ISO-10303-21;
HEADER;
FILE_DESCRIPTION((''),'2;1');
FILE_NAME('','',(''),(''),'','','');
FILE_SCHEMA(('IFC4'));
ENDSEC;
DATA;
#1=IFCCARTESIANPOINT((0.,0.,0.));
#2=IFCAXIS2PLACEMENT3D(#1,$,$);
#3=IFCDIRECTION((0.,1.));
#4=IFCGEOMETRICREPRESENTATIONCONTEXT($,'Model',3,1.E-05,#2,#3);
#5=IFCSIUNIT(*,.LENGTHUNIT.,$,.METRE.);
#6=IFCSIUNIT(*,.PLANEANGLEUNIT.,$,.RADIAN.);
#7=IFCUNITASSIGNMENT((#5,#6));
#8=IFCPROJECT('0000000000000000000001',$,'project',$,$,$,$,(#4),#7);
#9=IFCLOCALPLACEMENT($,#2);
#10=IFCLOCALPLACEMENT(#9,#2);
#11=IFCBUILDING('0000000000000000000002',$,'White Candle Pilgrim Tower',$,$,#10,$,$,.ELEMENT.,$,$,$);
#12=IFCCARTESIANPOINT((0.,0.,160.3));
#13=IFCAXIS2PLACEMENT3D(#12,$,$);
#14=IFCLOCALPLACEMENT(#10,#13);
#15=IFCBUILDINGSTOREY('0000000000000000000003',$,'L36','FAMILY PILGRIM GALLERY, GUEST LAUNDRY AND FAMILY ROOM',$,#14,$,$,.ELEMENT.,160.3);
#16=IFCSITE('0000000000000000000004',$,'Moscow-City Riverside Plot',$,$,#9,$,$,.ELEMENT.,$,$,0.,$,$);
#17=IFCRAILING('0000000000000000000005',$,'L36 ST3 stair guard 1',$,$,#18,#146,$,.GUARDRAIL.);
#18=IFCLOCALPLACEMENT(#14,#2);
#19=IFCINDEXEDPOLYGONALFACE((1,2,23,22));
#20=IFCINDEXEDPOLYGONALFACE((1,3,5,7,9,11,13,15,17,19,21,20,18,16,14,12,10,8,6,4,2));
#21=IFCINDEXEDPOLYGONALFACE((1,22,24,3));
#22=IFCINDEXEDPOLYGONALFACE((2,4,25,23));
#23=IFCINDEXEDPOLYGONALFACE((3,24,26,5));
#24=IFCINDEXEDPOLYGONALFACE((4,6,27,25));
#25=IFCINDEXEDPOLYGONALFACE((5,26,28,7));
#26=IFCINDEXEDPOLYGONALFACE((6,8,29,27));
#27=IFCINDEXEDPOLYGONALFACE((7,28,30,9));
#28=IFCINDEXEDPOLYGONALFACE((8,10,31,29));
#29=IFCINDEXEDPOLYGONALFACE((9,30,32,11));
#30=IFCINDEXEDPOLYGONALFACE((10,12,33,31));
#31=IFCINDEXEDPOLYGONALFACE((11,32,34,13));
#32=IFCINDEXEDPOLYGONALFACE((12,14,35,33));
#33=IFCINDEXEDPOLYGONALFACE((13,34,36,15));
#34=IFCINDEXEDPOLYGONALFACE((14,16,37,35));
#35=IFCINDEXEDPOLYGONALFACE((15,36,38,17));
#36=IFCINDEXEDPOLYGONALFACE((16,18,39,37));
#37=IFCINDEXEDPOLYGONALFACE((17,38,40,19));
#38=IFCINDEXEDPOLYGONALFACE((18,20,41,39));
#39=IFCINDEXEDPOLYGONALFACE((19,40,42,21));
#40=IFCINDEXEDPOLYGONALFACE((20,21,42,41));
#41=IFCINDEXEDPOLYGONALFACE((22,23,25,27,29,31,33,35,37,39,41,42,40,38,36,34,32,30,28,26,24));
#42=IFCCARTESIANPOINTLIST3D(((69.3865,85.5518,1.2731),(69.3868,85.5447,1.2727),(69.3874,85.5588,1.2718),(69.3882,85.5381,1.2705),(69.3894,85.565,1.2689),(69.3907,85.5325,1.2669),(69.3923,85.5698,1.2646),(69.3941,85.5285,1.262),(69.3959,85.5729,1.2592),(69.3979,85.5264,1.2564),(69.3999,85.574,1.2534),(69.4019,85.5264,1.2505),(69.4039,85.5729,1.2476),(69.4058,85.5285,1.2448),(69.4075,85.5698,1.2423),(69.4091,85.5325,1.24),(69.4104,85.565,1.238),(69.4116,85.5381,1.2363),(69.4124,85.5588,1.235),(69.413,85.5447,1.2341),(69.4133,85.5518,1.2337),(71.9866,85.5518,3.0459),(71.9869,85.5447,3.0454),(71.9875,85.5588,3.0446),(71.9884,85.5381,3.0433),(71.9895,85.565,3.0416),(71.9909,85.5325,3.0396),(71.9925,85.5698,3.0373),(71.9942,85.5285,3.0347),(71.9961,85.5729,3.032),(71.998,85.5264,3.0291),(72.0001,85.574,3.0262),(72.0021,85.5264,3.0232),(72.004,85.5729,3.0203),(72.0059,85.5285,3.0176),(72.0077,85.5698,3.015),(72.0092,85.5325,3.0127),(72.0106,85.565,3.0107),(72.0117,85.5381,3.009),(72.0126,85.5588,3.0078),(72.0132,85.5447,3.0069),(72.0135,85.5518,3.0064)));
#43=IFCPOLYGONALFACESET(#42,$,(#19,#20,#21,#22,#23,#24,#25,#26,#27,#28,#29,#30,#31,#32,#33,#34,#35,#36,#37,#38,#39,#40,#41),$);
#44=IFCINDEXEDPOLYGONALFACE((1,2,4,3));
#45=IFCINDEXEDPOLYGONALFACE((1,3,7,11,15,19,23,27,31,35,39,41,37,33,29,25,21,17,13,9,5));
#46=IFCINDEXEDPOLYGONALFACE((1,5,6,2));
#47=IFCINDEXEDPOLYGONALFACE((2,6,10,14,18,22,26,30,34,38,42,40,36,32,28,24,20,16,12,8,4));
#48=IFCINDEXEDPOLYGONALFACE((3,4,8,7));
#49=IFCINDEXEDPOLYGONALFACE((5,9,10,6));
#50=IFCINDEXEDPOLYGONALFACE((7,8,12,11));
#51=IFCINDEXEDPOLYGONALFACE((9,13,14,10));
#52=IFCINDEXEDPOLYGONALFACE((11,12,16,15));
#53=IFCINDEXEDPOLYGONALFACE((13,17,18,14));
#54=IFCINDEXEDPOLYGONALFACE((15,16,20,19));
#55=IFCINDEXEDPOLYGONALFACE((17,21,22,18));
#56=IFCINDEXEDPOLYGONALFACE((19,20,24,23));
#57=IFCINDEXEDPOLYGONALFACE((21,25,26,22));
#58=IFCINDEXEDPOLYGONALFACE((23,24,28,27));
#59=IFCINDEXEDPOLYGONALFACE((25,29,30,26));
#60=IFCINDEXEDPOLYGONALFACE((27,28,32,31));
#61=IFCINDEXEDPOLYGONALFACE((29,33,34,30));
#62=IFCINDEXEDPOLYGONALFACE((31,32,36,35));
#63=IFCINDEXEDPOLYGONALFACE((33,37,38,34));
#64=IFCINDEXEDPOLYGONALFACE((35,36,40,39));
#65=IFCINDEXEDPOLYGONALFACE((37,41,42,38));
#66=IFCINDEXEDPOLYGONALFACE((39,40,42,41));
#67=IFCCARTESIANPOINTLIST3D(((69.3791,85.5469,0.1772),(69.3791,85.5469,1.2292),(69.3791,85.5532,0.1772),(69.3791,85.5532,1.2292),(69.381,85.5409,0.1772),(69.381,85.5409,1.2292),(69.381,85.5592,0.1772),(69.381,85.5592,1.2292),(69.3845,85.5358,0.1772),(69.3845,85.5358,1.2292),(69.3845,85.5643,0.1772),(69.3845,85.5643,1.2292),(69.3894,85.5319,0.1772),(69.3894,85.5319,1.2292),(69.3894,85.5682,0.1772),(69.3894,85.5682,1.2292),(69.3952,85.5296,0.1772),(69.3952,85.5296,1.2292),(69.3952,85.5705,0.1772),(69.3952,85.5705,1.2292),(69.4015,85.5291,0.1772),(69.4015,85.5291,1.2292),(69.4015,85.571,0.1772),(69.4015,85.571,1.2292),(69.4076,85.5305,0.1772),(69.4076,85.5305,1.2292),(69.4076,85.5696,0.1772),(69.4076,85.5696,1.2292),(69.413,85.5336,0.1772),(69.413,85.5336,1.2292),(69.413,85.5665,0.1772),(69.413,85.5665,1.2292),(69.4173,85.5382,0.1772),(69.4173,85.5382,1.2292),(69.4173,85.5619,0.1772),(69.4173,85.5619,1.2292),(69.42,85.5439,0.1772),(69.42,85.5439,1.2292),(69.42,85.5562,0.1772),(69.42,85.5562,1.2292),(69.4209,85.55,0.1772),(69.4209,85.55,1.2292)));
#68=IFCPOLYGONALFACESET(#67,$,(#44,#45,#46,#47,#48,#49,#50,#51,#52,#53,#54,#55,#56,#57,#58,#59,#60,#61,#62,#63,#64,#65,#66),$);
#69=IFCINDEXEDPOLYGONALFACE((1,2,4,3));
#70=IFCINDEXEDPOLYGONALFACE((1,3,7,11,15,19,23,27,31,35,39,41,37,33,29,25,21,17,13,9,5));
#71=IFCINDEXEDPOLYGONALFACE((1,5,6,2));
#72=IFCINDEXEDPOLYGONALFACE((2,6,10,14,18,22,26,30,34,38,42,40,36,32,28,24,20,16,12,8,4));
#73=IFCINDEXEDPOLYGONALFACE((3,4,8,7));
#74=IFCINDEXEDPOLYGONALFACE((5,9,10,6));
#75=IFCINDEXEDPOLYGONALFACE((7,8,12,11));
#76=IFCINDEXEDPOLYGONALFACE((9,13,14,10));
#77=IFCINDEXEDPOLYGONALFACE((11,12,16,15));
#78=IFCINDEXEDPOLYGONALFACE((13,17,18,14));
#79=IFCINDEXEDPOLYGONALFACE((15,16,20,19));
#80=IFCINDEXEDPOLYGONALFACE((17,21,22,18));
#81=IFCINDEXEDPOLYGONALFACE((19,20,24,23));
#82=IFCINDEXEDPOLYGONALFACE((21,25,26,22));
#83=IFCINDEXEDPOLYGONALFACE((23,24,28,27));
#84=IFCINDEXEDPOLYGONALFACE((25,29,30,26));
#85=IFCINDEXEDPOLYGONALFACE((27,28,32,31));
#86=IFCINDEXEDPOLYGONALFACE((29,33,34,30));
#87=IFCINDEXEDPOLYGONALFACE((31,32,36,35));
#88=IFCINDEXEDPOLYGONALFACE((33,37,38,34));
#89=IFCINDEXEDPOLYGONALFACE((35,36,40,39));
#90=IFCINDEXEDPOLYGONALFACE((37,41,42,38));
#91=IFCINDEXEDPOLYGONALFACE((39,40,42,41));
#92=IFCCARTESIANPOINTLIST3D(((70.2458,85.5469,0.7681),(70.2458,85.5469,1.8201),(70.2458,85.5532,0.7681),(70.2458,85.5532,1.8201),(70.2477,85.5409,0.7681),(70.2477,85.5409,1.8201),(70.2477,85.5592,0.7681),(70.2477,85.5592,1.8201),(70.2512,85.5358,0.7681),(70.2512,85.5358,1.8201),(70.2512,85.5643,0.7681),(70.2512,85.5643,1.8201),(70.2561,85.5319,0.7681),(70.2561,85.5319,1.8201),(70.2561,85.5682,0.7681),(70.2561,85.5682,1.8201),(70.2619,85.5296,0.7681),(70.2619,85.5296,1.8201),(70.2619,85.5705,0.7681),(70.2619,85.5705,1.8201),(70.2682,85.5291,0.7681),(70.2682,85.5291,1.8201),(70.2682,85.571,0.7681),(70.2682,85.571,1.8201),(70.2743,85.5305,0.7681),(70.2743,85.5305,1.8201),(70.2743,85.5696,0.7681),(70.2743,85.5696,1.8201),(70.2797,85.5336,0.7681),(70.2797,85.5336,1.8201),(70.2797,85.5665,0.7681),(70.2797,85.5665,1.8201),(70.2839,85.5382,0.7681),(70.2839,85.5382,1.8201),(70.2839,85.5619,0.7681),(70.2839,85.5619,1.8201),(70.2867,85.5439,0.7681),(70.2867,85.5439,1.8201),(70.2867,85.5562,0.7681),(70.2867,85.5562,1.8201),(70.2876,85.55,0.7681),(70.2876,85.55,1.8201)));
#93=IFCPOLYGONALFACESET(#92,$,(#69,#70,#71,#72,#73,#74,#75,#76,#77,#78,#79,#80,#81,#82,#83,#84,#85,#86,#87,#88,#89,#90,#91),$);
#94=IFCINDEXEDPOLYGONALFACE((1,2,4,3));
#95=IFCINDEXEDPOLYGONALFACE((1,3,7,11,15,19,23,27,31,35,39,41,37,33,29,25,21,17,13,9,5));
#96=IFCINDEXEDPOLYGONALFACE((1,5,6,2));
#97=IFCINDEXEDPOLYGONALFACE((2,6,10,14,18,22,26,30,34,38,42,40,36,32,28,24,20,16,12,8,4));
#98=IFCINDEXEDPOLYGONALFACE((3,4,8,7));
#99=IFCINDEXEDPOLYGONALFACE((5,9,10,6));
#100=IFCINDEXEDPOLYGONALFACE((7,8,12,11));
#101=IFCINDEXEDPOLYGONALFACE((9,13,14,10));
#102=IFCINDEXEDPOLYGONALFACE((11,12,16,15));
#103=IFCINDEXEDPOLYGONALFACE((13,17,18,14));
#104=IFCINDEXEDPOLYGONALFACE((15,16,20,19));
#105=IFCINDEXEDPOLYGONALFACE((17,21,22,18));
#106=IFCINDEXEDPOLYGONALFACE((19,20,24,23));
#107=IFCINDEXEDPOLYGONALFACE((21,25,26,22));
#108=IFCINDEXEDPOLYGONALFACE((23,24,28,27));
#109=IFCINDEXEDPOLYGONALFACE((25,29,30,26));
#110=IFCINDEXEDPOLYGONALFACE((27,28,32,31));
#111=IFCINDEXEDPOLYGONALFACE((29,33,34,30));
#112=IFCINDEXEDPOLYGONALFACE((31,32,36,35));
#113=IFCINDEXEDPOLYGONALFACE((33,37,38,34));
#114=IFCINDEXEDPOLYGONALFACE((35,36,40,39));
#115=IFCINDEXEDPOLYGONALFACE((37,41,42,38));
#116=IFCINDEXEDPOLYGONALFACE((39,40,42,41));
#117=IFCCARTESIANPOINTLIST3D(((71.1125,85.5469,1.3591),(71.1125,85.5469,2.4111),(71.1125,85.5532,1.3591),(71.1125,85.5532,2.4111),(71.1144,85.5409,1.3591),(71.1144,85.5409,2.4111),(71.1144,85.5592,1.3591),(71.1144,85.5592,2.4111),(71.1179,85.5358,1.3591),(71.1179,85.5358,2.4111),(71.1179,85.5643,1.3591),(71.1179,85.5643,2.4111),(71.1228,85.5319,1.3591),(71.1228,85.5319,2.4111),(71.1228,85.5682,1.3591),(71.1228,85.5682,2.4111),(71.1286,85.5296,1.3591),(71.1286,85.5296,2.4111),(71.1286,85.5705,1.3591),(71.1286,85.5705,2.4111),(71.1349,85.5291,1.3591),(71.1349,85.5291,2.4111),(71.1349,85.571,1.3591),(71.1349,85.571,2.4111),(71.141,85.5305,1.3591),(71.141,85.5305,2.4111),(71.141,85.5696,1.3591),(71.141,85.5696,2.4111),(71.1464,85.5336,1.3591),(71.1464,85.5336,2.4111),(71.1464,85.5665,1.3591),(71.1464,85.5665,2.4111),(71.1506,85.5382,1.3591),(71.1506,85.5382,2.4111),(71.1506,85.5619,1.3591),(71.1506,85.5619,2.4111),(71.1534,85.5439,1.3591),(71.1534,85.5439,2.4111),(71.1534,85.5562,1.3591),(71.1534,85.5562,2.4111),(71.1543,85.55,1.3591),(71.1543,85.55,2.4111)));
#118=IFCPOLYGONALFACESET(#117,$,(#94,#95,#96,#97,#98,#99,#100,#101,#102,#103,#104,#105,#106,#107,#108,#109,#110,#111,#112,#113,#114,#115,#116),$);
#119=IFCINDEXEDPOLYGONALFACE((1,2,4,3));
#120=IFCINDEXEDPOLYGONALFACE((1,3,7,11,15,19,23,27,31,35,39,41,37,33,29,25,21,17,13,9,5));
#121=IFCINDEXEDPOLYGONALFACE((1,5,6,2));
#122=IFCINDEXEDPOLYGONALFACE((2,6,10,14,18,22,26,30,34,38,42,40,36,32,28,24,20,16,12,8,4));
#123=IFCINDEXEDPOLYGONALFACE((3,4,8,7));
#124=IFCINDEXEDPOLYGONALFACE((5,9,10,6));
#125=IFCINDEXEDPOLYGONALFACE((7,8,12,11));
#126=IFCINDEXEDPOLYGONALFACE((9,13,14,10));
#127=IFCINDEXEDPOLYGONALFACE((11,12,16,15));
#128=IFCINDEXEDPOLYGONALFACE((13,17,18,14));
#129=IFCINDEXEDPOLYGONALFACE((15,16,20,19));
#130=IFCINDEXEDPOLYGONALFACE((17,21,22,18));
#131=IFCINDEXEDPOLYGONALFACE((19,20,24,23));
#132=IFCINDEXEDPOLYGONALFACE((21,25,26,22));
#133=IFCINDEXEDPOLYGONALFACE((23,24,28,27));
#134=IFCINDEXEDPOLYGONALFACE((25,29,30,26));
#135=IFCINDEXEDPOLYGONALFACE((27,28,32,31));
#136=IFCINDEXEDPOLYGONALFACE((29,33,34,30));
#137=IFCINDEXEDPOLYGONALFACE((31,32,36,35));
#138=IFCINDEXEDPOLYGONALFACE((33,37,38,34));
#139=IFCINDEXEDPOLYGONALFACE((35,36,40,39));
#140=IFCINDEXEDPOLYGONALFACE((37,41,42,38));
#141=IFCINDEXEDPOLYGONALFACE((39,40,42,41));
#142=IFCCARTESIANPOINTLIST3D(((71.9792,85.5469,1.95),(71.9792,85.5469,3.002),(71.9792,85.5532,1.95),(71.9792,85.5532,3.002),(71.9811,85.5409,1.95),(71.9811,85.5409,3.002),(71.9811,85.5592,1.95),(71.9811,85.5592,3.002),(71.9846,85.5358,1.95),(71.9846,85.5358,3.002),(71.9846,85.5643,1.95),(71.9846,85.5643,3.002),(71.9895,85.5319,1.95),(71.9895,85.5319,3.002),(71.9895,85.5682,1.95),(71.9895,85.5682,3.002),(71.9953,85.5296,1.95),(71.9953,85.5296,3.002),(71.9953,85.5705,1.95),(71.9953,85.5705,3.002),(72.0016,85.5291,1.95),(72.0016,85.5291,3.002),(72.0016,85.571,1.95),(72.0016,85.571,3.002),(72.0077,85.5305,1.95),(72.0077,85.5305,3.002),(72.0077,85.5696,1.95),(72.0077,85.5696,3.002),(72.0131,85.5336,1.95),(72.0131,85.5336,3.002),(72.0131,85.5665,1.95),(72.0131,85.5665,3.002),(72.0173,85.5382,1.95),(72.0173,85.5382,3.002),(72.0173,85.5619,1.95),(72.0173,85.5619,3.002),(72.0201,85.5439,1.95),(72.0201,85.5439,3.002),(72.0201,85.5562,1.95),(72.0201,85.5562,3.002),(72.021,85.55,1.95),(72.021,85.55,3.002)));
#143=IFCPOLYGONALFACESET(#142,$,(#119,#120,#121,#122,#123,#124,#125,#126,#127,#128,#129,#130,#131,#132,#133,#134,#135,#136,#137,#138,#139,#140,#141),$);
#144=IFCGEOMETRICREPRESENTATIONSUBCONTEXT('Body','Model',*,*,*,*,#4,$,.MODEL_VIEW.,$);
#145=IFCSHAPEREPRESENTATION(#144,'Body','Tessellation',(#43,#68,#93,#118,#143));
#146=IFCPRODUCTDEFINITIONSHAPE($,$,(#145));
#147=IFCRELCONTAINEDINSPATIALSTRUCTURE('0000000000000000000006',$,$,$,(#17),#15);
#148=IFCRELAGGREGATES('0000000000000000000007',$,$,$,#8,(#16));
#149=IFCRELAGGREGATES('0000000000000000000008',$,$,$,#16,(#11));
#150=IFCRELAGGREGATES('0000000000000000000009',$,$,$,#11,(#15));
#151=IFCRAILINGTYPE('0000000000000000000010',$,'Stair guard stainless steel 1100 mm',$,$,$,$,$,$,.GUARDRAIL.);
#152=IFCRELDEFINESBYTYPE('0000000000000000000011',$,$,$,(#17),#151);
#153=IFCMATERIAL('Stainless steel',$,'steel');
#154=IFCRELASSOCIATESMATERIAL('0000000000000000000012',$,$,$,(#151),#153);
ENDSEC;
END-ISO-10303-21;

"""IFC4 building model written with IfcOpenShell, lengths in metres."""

from ifc_helpers import new_model, si_unit, direction, frame, origin, origin_2d, place, context, subcontext, project, spatial, circle, extrude, material, type_object, element, save


model = new_model("IFC4")

# Units and contexts
model_context = context("Model", 3, precision=1e-05, world=origin(), true_north=direction((0.0, 1.0)))
body_context = subcontext(model_context, "Body", "Model", "MODEL_VIEW")
ifc_project = project(units=[si_unit("LENGTHUNIT", "METRE"), si_unit("PLANEANGLEUNIT", "RADIAN")], contexts=[model_context])

# Site, building, storey
site_placement = place(None, origin())
site = spatial("IfcSite", under=ifc_project, at=site_placement, Name="Moscow-City Riverside Plot", CompositionType="ELEMENT", RefElevation=0.0)
building_placement = place(site_placement, origin())
building = spatial("IfcBuilding", under=site, at=building_placement, Name="White Candle Pilgrim Tower", CompositionType="ELEMENT")
storey_placement = place(building_placement, frame((0.0, 0.0, 160.3)))
storey = spatial("IfcBuildingStorey", under=building, at=storey_placement, Name="L36", Description="FAMILY PILGRIM GALLERY, GUEST LAUNDRY AND FAMILY ROOM", CompositionType="ELEMENT", Elevation=160.3)

# Railing
ifc_material_1 = material(Name="Stainless steel", Category="steel")
railing_type_1 = type_object("IfcRailingType", Name="Stair guard stainless steel 1100 mm", PredefinedType="GUARDRAIL", material=ifc_material_1)
railing_1_placement = place(storey_placement, frame((69.3999, 85.55, 0.1772)))
element("IfcRailing", 1, at=railing_1_placement, inside=storey, type_object=railing_type_1, Name="L36 ST3 stair guard 1", PredefinedType="GUARDRAIL", context=body_context, shape_type="SweptSolid", body=[
    extrude(circle(Radius=0.0239, at=origin_2d()), frame((0.0, 0.0, 1.0762), z_axis=(0.82624, 0.0, 0.563318), x_axis=(0.0, 1.0, 0.0)), (0.0, 0.0, 1.0), 3.147),
    extrude(circle(Radius=0.021, at=origin_2d()), origin(), (0.0, 0.0, 1.0), 1.052),
    extrude(circle(Radius=0.021, at=origin_2d()), frame((0.8667, 0.0, 0.5908)), (0.0, 0.0, 1.0), 1.052),
    extrude(circle(Radius=0.021, at=origin_2d()), frame((1.7334, 0.0, 1.1819)), (0.0, 0.0, 1.0), 1.052),
    extrude(circle(Radius=0.021, at=origin_2d()), frame((2.6001, 0.0, 1.7727)), (0.0, 0.0, 1.0), 1.052),
])

save(model, "model.ifc")
